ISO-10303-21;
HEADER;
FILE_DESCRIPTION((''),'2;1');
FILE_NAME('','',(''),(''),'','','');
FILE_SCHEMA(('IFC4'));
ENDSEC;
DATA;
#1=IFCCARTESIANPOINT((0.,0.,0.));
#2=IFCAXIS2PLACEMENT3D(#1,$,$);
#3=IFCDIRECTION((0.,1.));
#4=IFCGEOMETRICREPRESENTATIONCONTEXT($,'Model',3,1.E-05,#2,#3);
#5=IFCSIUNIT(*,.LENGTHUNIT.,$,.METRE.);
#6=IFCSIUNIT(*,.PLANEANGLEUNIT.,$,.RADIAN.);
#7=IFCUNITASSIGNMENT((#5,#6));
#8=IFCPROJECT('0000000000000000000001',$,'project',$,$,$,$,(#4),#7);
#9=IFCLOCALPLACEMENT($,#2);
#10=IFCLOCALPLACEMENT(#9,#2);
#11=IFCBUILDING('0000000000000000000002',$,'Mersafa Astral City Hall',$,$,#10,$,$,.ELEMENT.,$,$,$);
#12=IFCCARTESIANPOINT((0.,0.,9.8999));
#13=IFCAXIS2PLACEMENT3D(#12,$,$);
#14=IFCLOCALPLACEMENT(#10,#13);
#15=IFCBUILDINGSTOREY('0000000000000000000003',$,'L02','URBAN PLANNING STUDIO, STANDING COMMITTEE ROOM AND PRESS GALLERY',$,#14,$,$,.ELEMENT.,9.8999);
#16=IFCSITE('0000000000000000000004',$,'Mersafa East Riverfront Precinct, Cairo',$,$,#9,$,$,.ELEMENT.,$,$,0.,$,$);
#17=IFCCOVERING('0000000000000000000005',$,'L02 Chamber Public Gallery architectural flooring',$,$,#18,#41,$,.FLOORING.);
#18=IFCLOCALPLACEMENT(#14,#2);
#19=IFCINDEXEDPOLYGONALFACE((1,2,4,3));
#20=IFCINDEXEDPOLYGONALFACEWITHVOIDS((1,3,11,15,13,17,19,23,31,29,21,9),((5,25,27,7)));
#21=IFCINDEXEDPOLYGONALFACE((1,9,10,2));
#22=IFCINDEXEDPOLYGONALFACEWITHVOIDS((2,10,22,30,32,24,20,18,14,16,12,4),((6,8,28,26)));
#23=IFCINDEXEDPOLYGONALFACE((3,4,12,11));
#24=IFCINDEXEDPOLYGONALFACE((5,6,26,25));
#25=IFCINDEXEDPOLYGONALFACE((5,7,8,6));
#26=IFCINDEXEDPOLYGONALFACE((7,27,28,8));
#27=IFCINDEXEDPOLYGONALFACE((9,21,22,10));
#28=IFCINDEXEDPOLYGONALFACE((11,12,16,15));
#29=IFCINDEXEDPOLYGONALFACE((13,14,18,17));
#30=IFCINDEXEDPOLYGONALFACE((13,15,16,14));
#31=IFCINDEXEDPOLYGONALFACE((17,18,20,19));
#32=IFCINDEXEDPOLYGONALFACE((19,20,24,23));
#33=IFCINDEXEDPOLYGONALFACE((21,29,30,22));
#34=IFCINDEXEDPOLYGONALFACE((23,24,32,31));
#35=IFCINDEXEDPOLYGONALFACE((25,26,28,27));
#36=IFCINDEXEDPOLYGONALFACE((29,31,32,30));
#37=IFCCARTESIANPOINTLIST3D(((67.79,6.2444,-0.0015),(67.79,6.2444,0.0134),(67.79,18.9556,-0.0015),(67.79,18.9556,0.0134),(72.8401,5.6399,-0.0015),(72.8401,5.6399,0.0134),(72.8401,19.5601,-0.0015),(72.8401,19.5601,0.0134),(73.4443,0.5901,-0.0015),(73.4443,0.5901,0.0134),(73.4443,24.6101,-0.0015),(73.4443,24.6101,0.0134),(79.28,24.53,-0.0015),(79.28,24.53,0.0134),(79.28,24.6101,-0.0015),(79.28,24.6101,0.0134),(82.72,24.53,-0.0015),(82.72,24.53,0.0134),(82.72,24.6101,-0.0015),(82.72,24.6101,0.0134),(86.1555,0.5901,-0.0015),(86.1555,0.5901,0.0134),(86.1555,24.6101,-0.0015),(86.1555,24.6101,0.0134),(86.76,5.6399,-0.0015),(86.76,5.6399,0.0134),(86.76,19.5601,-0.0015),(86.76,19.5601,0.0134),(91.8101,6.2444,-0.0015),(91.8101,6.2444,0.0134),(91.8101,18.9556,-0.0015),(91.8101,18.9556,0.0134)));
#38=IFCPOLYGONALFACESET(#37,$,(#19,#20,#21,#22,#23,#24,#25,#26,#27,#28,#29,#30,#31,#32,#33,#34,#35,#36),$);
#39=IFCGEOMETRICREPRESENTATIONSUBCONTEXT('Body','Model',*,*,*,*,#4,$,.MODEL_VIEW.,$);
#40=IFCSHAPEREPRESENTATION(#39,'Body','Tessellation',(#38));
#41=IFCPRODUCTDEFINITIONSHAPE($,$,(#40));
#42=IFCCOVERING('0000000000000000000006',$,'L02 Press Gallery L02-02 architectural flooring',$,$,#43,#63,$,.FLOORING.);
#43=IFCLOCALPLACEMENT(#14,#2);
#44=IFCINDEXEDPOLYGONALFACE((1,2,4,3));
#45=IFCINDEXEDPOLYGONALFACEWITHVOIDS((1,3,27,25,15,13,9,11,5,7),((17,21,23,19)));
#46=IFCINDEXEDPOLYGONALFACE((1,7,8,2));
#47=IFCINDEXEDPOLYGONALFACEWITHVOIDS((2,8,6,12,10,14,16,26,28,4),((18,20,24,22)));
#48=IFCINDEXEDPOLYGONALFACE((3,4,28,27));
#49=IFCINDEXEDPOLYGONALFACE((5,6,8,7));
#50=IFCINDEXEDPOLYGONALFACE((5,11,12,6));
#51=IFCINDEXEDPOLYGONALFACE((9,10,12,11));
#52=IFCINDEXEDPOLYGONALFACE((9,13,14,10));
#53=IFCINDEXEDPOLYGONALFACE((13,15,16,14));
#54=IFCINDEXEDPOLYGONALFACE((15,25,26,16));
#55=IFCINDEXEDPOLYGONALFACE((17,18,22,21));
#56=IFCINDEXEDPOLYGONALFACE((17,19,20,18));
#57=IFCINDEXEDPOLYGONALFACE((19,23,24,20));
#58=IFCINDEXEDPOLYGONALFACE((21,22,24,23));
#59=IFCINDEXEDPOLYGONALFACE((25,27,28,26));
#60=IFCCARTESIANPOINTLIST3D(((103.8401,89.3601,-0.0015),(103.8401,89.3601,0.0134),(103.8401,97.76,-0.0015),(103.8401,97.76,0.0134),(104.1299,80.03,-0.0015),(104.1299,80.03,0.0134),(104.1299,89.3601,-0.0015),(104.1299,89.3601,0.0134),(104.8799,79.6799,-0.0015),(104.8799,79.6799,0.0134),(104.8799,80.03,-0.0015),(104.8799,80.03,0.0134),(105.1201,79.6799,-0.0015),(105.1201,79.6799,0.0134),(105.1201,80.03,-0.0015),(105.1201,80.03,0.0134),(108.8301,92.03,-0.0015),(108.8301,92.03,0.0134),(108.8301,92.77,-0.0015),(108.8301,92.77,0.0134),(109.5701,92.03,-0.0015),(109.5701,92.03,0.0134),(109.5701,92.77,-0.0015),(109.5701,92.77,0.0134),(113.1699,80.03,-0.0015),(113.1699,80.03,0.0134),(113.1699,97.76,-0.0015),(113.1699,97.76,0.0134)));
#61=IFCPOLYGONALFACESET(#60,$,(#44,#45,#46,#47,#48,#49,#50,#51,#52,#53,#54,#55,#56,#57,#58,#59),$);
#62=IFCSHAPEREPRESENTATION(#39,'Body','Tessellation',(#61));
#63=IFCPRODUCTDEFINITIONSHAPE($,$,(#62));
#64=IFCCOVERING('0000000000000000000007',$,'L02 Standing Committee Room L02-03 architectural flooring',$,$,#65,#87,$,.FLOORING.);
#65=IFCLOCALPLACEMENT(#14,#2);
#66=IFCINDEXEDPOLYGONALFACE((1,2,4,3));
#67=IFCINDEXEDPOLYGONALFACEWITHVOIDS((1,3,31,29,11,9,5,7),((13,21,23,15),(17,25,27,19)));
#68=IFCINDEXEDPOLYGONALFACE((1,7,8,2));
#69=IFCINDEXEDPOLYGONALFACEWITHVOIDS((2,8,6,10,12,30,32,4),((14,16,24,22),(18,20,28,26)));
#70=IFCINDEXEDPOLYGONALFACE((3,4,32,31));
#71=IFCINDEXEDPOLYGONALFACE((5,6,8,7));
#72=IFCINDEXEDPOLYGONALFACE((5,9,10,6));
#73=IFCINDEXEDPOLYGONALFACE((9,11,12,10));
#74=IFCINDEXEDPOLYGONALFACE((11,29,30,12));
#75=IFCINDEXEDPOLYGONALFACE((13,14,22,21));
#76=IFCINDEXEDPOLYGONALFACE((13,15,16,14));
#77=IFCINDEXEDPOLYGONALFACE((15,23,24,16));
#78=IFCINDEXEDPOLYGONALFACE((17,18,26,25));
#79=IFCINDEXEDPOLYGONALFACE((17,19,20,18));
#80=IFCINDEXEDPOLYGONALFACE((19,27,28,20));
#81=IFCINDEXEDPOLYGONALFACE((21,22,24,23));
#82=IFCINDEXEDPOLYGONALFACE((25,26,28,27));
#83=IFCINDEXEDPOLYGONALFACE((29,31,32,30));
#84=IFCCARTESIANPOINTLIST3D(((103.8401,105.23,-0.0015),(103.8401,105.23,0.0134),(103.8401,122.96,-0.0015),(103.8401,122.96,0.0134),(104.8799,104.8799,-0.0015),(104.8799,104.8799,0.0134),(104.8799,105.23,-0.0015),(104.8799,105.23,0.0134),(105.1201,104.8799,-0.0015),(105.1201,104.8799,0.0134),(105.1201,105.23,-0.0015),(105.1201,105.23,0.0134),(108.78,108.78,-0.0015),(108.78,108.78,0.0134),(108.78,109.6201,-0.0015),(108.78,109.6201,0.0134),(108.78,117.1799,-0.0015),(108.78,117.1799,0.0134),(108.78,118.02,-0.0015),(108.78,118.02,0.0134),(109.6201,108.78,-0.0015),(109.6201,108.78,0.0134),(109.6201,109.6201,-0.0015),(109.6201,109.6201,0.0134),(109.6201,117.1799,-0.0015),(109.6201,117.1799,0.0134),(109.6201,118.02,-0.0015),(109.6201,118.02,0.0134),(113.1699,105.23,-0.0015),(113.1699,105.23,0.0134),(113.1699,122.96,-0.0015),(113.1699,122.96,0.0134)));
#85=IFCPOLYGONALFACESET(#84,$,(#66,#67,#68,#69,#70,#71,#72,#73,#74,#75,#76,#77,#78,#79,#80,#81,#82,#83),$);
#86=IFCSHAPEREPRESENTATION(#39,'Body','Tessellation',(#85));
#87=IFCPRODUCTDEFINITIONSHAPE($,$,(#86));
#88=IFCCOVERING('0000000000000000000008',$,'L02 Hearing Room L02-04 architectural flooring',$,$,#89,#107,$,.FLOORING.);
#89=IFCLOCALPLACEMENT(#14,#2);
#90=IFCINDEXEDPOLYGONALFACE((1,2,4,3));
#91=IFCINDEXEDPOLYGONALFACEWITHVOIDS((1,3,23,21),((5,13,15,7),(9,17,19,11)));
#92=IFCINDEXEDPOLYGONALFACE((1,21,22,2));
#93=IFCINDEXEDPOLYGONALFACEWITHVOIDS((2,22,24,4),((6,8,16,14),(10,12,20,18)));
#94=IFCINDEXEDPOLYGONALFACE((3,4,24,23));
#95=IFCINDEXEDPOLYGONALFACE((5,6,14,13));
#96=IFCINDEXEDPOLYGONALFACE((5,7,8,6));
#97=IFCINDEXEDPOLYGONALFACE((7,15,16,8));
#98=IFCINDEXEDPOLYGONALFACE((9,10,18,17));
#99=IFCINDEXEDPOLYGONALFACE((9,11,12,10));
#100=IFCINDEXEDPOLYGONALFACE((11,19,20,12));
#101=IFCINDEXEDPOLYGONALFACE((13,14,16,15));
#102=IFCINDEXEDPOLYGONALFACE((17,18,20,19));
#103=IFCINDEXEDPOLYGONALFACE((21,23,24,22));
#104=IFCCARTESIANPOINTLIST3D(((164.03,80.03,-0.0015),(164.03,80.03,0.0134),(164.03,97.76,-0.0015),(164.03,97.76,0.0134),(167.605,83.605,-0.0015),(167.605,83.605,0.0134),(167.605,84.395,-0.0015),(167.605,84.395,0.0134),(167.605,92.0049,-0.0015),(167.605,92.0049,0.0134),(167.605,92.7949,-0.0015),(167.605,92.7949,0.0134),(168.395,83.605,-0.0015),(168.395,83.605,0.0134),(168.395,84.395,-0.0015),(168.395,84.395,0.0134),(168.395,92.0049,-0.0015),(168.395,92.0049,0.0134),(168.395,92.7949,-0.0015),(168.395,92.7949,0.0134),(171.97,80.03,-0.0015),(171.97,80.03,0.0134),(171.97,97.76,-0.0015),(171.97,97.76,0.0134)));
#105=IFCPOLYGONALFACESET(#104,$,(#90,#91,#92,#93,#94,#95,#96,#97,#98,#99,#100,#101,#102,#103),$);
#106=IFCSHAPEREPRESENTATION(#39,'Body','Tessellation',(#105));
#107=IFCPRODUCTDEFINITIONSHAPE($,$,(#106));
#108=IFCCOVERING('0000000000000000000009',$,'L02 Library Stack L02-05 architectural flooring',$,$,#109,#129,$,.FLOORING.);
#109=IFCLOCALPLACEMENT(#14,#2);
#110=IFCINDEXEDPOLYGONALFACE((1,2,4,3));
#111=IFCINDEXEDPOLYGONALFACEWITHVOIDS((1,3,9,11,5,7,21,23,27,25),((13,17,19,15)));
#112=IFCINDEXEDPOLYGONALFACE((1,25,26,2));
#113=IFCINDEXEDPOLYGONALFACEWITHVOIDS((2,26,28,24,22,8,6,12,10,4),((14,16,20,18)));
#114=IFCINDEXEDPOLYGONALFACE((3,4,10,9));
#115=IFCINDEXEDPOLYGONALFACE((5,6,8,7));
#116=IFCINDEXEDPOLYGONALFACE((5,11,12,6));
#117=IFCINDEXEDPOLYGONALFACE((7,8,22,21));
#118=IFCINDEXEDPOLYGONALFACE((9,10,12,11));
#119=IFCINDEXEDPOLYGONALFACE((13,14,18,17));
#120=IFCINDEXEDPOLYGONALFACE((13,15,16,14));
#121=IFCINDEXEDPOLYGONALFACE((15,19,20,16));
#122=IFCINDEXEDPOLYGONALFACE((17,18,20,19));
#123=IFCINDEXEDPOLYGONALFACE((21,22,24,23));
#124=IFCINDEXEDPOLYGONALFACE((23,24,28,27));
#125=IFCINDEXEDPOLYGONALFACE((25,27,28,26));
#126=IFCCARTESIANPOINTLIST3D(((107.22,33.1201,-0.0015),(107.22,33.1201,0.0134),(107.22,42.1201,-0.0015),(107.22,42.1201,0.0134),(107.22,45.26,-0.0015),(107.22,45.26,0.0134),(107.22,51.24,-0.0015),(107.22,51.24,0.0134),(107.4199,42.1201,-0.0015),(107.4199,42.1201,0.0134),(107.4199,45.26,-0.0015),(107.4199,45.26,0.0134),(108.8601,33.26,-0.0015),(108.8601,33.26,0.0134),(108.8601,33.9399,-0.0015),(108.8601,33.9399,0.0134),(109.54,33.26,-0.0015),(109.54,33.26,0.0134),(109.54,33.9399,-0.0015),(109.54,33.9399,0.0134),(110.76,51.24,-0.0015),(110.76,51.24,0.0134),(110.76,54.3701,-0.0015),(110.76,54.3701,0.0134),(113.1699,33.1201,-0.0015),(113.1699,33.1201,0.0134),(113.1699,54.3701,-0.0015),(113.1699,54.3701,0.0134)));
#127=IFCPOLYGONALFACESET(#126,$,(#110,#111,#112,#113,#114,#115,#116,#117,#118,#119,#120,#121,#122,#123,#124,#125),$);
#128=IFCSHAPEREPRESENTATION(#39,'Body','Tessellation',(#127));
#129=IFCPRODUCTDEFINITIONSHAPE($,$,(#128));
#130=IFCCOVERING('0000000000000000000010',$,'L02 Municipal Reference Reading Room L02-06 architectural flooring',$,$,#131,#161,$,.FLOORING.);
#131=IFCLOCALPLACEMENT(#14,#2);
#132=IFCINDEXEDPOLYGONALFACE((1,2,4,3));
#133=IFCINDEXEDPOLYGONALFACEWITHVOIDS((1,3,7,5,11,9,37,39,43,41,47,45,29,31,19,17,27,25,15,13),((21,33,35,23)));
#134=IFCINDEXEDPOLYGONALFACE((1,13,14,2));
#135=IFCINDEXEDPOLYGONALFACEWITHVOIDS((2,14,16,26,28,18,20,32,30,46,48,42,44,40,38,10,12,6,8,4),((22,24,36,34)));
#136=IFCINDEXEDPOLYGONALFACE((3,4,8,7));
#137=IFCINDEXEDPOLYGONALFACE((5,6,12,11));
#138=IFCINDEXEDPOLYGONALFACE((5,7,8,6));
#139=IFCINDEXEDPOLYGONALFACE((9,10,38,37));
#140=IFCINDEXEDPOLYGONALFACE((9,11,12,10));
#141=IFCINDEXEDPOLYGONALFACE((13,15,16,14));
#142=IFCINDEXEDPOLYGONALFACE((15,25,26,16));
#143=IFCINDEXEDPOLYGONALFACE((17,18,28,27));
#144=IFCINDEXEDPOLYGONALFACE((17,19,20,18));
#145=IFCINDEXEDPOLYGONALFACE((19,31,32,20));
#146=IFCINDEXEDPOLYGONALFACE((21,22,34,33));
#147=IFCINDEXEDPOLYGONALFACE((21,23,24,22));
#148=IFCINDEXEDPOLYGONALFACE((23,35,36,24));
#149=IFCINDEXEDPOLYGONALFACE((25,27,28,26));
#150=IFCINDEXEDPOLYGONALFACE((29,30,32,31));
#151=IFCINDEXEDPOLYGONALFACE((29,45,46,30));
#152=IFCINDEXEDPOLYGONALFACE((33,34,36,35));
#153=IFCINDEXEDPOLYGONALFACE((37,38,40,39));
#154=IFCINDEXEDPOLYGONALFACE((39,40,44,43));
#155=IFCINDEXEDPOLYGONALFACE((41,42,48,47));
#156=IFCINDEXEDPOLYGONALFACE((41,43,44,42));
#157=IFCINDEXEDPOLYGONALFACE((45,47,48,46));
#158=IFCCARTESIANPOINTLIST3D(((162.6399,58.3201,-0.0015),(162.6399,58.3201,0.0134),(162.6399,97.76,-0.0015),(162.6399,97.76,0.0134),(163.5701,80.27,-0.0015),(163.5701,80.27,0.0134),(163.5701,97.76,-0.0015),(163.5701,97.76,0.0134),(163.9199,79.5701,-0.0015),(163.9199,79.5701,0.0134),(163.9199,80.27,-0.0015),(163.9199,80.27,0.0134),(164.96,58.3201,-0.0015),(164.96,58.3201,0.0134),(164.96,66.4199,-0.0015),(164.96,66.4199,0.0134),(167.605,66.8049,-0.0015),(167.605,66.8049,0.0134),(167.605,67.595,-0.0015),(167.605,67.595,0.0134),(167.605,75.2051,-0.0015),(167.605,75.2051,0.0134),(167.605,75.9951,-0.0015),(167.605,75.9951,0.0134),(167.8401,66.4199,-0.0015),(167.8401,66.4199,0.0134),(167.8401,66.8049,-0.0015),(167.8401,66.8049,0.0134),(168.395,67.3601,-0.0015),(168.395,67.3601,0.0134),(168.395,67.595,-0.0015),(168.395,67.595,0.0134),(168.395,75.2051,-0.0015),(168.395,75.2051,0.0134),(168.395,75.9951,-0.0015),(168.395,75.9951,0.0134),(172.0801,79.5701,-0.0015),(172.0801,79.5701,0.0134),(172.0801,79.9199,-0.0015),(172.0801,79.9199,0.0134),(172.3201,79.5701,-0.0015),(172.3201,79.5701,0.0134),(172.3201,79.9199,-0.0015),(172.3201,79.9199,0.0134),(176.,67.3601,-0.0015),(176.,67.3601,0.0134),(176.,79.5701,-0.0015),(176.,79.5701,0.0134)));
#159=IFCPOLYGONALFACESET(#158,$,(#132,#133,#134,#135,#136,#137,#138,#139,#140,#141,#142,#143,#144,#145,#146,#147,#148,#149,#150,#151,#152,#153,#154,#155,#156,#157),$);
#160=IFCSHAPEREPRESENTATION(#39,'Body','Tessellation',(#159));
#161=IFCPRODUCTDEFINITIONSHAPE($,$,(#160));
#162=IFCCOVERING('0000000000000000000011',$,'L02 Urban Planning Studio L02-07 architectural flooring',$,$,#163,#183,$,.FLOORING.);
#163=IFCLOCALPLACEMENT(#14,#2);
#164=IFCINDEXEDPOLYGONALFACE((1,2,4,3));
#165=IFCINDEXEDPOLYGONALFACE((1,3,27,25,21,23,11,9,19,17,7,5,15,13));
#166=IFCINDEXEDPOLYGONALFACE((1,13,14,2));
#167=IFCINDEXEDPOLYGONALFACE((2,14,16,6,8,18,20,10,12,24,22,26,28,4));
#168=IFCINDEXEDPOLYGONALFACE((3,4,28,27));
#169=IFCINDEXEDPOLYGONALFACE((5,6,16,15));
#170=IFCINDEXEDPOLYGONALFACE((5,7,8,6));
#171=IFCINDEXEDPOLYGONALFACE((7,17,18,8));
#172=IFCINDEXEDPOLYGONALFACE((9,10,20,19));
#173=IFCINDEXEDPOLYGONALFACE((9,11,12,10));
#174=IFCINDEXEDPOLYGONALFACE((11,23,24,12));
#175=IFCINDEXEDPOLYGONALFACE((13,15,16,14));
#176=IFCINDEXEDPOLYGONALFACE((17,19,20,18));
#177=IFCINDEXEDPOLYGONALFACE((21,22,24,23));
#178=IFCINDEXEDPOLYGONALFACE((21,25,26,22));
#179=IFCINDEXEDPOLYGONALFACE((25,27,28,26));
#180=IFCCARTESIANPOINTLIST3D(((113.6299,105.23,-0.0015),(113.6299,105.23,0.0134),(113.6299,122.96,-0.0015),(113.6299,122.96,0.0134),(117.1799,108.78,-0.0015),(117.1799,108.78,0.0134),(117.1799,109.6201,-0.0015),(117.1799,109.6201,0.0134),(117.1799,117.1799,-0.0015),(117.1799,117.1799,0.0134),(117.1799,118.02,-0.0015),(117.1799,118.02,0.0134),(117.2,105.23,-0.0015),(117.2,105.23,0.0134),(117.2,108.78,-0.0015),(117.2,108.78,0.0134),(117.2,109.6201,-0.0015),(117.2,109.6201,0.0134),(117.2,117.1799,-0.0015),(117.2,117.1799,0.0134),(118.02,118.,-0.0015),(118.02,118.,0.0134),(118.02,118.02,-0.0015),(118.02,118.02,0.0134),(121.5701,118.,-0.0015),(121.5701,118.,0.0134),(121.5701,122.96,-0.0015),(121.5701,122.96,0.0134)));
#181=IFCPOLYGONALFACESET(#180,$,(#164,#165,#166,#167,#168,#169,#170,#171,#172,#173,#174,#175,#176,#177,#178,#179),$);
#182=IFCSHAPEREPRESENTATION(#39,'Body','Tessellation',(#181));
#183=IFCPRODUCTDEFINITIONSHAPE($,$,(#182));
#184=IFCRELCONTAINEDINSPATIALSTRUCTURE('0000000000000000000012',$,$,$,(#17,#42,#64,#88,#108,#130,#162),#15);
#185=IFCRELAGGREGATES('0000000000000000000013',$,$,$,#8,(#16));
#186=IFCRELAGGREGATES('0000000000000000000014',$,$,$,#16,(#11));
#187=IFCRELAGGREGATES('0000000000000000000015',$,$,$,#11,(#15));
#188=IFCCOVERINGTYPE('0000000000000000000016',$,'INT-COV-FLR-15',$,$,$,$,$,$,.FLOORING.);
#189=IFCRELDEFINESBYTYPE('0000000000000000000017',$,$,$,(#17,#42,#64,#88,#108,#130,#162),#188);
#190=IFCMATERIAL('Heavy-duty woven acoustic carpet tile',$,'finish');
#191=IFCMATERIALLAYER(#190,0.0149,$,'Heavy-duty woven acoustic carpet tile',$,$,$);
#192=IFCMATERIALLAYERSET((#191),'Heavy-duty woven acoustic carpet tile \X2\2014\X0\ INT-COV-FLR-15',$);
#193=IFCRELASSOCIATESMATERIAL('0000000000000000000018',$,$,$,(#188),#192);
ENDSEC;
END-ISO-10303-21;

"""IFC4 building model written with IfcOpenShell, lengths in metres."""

from ifc_helpers import new_model, si_unit, direction, frame, origin, place, context, subcontext, project, spatial, polyline, outline, extrude, material, layer, layer_set, type_object, element, save


model = new_model("IFC4")

# Units and contexts
model_context = context("Model", 3, precision=1e-05, world=origin(), true_north=direction((0.0, 1.0)))
body_context = subcontext(model_context, "Body", "Model", "MODEL_VIEW")
ifc_project = project(units=[si_unit("LENGTHUNIT", "METRE"), si_unit("PLANEANGLEUNIT", "RADIAN")], contexts=[model_context])

# Site, building, storey
site_placement = place(None, origin())
site = spatial("IfcSite", under=ifc_project, at=site_placement, Name="Mersafa East Riverfront Precinct, Cairo", CompositionType="ELEMENT", RefElevation=0.0)
building_placement = place(site_placement, origin())
building = spatial("IfcBuilding", under=site, at=building_placement, Name="Mersafa Astral City Hall", CompositionType="ELEMENT")
storey_placement = place(building_placement, frame((0.0, 0.0, 9.8999)))
storey = spatial("IfcBuildingStorey", under=building, at=storey_placement, Name="L02", Description="URBAN PLANNING STUDIO, STANDING COMMITTEE ROOM AND PRESS GALLERY", CompositionType="ELEMENT", Elevation=9.8999)

# Coverings
ifc_material_1 = material(Name="Heavy-duty woven acoustic carpet tile", Category="finish")
ifc_layer_1 = layer(ifc_material_1, 0.0149, Name="Heavy-duty woven acoustic carpet tile")
ifc_layer_set_1 = layer_set([ifc_layer_1], Name="Heavy-duty woven acoustic carpet tile — INT-COV-FLR-15")
covering_type = type_object("IfcCoveringType", Name="INT-COV-FLR-15", PredefinedType="FLOORING", material=ifc_layer_set_1)
covering_1_placement = place(storey_placement, frame((0.0, 0.0, -0.0015)))
element("IfcCovering", 1, at=covering_1_placement, inside=storey, type_object=covering_type, Name="L02 Chamber Public Gallery architectural flooring", PredefinedType="FLOORING", context=body_context, shape_type="SweptSolid", body=[
    extrude(outline(polyline([(73.4443, 24.6101), (79.28, 24.6101), (79.28, 24.53), (82.72, 24.53), (82.72, 24.6101), (86.1555, 24.6101), (91.8101, 18.9556), (91.8101, 6.2444), (86.1555, 0.5901), (73.4443, 0.5901), (67.79, 6.2444), (67.79, 18.9556), (73.4443, 24.6101)]), holes=[polyline([(72.8401, 19.5601), (72.8401, 5.6399), (86.76, 5.6399), (86.76, 19.5601), (72.8401, 19.5601)])]), origin(), (0.0, 0.0, 1.0), 0.0149),
])
covering_2_placement = place(storey_placement, frame((0.0, 0.0, -0.0015)))
element("IfcCovering", 2, at=covering_2_placement, inside=storey, type_object=covering_type, Name="L02 Press Gallery L02-02 architectural flooring", PredefinedType="FLOORING", context=body_context, shape_type="SweptSolid", body=[
    extrude(outline(polyline([(113.1699, 80.03), (105.1201, 80.03), (105.1201, 79.6799), (104.8799, 79.6799), (104.8799, 80.03), (104.1299, 80.03), (104.1299, 89.3601), (103.8401, 89.3601), (103.8401, 97.76), (113.1699, 97.76), (113.1699, 80.03)]), holes=[polyline([(109.5701, 92.03), (109.5701, 92.77), (108.8301, 92.77), (108.8301, 92.03), (109.5701, 92.03)])]), origin(), (0.0, 0.0, 1.0), 0.0149),
])
covering_3_placement = place(storey_placement, frame((0.0, 0.0, -0.0015)))
element("IfcCovering", 3, at=covering_3_placement, inside=storey, type_object=covering_type, Name="L02 Standing Committee Room L02-03 architectural flooring", PredefinedType="FLOORING", context=body_context, shape_type="SweptSolid", body=[
    extrude(outline(polyline([(105.1201, 105.23), (105.1201, 104.8799), (104.8799, 104.8799), (104.8799, 105.23), (103.8401, 105.23), (103.8401, 122.96), (113.1699, 122.96), (113.1699, 105.23), (105.1201, 105.23)]), holes=[polyline([(109.6201, 108.78), (109.6201, 109.6201), (108.78, 109.6201), (108.78, 108.78), (109.6201, 108.78)]), polyline([(109.6201, 117.1799), (109.6201, 118.02), (108.78, 118.02), (108.78, 117.1799), (109.6201, 117.1799)])]), origin(), (0.0, 0.0, 1.0), 0.0149),
])
covering_4_placement = place(storey_placement, frame((0.0, 0.0, -0.0015)))
element("IfcCovering", 4, at=covering_4_placement, inside=storey, type_object=covering_type, Name="L02 Hearing Room L02-04 architectural flooring", PredefinedType="FLOORING", context=body_context, shape_type="SweptSolid", body=[
    extrude(outline(polyline([(164.03, 80.03), (164.03, 97.76), (171.97, 97.76), (171.97, 80.03), (164.03, 80.03)]), holes=[polyline([(168.395, 83.605), (168.395, 84.395), (167.605, 84.395), (167.605, 83.605), (168.395, 83.605)]), polyline([(167.605, 92.0049), (168.395, 92.0049), (168.395, 92.7949), (167.605, 92.7949), (167.605, 92.0049)])]), origin(), (0.0, 0.0, 1.0), 0.0149),
])
covering_5_placement = place(storey_placement, frame((0.0, 0.0, -0.0015)))
element("IfcCovering", 5, at=covering_5_placement, inside=storey, type_object=covering_type, Name="L02 Library Stack L02-05 architectural flooring", PredefinedType="FLOORING", context=body_context, shape_type="SweptSolid", body=[
    extrude(outline(polyline([(107.4199, 42.1201), (107.4199, 45.26), (107.22, 45.26), (107.22, 51.24), (110.76, 51.24), (110.76, 54.3701), (113.1699, 54.3701), (113.1699, 33.1201), (107.22, 33.1201), (107.22, 42.1201), (107.4199, 42.1201)]), holes=[polyline([(109.54, 33.26), (109.54, 33.9399), (108.8601, 33.9399), (108.8601, 33.26), (109.54, 33.26)])]), origin(), (0.0, 0.0, 1.0), 0.0149),
])
covering_6_placement = place(storey_placement, frame((0.0, 0.0, -0.0015)))
element("IfcCovering", 6, at=covering_6_placement, inside=storey, type_object=covering_type, Name="L02 Municipal Reference Reading Room L02-06 architectural flooring", PredefinedType="FLOORING", context=body_context, shape_type="SweptSolid", body=[
    extrude(outline(polyline([(172.3201, 79.9199), (172.3201, 79.5701), (176.0, 79.5701), (176.0, 67.3601), (168.395, 67.3601), (168.395, 67.595), (167.605, 67.595), (167.605, 66.8049), (167.8401, 66.8049), (167.8401, 66.4199), (164.96, 66.4199), (164.96, 58.3201), (162.6399, 58.3201), (162.6399, 97.76), (163.5701, 97.76), (163.5701, 80.27), (163.9199, 80.27), (163.9199, 79.5701), (172.0801, 79.5701), (172.0801, 79.9199), (172.3201, 79.9199)]), holes=[polyline([(168.395, 75.2051), (168.395, 75.9951), (167.605, 75.9951), (167.605, 75.2051), (168.395, 75.2051)])]), origin(), (0.0, 0.0, 1.0), 0.0149),
])
covering_7_placement = place(storey_placement, frame((0.0, 0.0, -0.0015)))
element("IfcCovering", 7, at=covering_7_placement, inside=storey, type_object=covering_type, Name="L02 Urban Planning Studio L02-07 architectural flooring", PredefinedType="FLOORING", context=body_context, shape_type="SweptSolid", body=[
    extrude(outline(polyline([(113.6299, 122.96), (121.5701, 122.96), (121.5701, 118.0), (118.02, 118.0), (118.02, 118.02), (117.1799, 118.02), (117.1799, 117.1799), (117.2, 117.1799), (117.2, 109.6201), (117.1799, 109.6201), (117.1799, 108.78), (117.2, 108.78), (117.2, 105.23), (113.6299, 105.23), (113.6299, 122.96)])), origin(), (0.0, 0.0, 1.0), 0.0149),
])

save(model, "model.ifc")
